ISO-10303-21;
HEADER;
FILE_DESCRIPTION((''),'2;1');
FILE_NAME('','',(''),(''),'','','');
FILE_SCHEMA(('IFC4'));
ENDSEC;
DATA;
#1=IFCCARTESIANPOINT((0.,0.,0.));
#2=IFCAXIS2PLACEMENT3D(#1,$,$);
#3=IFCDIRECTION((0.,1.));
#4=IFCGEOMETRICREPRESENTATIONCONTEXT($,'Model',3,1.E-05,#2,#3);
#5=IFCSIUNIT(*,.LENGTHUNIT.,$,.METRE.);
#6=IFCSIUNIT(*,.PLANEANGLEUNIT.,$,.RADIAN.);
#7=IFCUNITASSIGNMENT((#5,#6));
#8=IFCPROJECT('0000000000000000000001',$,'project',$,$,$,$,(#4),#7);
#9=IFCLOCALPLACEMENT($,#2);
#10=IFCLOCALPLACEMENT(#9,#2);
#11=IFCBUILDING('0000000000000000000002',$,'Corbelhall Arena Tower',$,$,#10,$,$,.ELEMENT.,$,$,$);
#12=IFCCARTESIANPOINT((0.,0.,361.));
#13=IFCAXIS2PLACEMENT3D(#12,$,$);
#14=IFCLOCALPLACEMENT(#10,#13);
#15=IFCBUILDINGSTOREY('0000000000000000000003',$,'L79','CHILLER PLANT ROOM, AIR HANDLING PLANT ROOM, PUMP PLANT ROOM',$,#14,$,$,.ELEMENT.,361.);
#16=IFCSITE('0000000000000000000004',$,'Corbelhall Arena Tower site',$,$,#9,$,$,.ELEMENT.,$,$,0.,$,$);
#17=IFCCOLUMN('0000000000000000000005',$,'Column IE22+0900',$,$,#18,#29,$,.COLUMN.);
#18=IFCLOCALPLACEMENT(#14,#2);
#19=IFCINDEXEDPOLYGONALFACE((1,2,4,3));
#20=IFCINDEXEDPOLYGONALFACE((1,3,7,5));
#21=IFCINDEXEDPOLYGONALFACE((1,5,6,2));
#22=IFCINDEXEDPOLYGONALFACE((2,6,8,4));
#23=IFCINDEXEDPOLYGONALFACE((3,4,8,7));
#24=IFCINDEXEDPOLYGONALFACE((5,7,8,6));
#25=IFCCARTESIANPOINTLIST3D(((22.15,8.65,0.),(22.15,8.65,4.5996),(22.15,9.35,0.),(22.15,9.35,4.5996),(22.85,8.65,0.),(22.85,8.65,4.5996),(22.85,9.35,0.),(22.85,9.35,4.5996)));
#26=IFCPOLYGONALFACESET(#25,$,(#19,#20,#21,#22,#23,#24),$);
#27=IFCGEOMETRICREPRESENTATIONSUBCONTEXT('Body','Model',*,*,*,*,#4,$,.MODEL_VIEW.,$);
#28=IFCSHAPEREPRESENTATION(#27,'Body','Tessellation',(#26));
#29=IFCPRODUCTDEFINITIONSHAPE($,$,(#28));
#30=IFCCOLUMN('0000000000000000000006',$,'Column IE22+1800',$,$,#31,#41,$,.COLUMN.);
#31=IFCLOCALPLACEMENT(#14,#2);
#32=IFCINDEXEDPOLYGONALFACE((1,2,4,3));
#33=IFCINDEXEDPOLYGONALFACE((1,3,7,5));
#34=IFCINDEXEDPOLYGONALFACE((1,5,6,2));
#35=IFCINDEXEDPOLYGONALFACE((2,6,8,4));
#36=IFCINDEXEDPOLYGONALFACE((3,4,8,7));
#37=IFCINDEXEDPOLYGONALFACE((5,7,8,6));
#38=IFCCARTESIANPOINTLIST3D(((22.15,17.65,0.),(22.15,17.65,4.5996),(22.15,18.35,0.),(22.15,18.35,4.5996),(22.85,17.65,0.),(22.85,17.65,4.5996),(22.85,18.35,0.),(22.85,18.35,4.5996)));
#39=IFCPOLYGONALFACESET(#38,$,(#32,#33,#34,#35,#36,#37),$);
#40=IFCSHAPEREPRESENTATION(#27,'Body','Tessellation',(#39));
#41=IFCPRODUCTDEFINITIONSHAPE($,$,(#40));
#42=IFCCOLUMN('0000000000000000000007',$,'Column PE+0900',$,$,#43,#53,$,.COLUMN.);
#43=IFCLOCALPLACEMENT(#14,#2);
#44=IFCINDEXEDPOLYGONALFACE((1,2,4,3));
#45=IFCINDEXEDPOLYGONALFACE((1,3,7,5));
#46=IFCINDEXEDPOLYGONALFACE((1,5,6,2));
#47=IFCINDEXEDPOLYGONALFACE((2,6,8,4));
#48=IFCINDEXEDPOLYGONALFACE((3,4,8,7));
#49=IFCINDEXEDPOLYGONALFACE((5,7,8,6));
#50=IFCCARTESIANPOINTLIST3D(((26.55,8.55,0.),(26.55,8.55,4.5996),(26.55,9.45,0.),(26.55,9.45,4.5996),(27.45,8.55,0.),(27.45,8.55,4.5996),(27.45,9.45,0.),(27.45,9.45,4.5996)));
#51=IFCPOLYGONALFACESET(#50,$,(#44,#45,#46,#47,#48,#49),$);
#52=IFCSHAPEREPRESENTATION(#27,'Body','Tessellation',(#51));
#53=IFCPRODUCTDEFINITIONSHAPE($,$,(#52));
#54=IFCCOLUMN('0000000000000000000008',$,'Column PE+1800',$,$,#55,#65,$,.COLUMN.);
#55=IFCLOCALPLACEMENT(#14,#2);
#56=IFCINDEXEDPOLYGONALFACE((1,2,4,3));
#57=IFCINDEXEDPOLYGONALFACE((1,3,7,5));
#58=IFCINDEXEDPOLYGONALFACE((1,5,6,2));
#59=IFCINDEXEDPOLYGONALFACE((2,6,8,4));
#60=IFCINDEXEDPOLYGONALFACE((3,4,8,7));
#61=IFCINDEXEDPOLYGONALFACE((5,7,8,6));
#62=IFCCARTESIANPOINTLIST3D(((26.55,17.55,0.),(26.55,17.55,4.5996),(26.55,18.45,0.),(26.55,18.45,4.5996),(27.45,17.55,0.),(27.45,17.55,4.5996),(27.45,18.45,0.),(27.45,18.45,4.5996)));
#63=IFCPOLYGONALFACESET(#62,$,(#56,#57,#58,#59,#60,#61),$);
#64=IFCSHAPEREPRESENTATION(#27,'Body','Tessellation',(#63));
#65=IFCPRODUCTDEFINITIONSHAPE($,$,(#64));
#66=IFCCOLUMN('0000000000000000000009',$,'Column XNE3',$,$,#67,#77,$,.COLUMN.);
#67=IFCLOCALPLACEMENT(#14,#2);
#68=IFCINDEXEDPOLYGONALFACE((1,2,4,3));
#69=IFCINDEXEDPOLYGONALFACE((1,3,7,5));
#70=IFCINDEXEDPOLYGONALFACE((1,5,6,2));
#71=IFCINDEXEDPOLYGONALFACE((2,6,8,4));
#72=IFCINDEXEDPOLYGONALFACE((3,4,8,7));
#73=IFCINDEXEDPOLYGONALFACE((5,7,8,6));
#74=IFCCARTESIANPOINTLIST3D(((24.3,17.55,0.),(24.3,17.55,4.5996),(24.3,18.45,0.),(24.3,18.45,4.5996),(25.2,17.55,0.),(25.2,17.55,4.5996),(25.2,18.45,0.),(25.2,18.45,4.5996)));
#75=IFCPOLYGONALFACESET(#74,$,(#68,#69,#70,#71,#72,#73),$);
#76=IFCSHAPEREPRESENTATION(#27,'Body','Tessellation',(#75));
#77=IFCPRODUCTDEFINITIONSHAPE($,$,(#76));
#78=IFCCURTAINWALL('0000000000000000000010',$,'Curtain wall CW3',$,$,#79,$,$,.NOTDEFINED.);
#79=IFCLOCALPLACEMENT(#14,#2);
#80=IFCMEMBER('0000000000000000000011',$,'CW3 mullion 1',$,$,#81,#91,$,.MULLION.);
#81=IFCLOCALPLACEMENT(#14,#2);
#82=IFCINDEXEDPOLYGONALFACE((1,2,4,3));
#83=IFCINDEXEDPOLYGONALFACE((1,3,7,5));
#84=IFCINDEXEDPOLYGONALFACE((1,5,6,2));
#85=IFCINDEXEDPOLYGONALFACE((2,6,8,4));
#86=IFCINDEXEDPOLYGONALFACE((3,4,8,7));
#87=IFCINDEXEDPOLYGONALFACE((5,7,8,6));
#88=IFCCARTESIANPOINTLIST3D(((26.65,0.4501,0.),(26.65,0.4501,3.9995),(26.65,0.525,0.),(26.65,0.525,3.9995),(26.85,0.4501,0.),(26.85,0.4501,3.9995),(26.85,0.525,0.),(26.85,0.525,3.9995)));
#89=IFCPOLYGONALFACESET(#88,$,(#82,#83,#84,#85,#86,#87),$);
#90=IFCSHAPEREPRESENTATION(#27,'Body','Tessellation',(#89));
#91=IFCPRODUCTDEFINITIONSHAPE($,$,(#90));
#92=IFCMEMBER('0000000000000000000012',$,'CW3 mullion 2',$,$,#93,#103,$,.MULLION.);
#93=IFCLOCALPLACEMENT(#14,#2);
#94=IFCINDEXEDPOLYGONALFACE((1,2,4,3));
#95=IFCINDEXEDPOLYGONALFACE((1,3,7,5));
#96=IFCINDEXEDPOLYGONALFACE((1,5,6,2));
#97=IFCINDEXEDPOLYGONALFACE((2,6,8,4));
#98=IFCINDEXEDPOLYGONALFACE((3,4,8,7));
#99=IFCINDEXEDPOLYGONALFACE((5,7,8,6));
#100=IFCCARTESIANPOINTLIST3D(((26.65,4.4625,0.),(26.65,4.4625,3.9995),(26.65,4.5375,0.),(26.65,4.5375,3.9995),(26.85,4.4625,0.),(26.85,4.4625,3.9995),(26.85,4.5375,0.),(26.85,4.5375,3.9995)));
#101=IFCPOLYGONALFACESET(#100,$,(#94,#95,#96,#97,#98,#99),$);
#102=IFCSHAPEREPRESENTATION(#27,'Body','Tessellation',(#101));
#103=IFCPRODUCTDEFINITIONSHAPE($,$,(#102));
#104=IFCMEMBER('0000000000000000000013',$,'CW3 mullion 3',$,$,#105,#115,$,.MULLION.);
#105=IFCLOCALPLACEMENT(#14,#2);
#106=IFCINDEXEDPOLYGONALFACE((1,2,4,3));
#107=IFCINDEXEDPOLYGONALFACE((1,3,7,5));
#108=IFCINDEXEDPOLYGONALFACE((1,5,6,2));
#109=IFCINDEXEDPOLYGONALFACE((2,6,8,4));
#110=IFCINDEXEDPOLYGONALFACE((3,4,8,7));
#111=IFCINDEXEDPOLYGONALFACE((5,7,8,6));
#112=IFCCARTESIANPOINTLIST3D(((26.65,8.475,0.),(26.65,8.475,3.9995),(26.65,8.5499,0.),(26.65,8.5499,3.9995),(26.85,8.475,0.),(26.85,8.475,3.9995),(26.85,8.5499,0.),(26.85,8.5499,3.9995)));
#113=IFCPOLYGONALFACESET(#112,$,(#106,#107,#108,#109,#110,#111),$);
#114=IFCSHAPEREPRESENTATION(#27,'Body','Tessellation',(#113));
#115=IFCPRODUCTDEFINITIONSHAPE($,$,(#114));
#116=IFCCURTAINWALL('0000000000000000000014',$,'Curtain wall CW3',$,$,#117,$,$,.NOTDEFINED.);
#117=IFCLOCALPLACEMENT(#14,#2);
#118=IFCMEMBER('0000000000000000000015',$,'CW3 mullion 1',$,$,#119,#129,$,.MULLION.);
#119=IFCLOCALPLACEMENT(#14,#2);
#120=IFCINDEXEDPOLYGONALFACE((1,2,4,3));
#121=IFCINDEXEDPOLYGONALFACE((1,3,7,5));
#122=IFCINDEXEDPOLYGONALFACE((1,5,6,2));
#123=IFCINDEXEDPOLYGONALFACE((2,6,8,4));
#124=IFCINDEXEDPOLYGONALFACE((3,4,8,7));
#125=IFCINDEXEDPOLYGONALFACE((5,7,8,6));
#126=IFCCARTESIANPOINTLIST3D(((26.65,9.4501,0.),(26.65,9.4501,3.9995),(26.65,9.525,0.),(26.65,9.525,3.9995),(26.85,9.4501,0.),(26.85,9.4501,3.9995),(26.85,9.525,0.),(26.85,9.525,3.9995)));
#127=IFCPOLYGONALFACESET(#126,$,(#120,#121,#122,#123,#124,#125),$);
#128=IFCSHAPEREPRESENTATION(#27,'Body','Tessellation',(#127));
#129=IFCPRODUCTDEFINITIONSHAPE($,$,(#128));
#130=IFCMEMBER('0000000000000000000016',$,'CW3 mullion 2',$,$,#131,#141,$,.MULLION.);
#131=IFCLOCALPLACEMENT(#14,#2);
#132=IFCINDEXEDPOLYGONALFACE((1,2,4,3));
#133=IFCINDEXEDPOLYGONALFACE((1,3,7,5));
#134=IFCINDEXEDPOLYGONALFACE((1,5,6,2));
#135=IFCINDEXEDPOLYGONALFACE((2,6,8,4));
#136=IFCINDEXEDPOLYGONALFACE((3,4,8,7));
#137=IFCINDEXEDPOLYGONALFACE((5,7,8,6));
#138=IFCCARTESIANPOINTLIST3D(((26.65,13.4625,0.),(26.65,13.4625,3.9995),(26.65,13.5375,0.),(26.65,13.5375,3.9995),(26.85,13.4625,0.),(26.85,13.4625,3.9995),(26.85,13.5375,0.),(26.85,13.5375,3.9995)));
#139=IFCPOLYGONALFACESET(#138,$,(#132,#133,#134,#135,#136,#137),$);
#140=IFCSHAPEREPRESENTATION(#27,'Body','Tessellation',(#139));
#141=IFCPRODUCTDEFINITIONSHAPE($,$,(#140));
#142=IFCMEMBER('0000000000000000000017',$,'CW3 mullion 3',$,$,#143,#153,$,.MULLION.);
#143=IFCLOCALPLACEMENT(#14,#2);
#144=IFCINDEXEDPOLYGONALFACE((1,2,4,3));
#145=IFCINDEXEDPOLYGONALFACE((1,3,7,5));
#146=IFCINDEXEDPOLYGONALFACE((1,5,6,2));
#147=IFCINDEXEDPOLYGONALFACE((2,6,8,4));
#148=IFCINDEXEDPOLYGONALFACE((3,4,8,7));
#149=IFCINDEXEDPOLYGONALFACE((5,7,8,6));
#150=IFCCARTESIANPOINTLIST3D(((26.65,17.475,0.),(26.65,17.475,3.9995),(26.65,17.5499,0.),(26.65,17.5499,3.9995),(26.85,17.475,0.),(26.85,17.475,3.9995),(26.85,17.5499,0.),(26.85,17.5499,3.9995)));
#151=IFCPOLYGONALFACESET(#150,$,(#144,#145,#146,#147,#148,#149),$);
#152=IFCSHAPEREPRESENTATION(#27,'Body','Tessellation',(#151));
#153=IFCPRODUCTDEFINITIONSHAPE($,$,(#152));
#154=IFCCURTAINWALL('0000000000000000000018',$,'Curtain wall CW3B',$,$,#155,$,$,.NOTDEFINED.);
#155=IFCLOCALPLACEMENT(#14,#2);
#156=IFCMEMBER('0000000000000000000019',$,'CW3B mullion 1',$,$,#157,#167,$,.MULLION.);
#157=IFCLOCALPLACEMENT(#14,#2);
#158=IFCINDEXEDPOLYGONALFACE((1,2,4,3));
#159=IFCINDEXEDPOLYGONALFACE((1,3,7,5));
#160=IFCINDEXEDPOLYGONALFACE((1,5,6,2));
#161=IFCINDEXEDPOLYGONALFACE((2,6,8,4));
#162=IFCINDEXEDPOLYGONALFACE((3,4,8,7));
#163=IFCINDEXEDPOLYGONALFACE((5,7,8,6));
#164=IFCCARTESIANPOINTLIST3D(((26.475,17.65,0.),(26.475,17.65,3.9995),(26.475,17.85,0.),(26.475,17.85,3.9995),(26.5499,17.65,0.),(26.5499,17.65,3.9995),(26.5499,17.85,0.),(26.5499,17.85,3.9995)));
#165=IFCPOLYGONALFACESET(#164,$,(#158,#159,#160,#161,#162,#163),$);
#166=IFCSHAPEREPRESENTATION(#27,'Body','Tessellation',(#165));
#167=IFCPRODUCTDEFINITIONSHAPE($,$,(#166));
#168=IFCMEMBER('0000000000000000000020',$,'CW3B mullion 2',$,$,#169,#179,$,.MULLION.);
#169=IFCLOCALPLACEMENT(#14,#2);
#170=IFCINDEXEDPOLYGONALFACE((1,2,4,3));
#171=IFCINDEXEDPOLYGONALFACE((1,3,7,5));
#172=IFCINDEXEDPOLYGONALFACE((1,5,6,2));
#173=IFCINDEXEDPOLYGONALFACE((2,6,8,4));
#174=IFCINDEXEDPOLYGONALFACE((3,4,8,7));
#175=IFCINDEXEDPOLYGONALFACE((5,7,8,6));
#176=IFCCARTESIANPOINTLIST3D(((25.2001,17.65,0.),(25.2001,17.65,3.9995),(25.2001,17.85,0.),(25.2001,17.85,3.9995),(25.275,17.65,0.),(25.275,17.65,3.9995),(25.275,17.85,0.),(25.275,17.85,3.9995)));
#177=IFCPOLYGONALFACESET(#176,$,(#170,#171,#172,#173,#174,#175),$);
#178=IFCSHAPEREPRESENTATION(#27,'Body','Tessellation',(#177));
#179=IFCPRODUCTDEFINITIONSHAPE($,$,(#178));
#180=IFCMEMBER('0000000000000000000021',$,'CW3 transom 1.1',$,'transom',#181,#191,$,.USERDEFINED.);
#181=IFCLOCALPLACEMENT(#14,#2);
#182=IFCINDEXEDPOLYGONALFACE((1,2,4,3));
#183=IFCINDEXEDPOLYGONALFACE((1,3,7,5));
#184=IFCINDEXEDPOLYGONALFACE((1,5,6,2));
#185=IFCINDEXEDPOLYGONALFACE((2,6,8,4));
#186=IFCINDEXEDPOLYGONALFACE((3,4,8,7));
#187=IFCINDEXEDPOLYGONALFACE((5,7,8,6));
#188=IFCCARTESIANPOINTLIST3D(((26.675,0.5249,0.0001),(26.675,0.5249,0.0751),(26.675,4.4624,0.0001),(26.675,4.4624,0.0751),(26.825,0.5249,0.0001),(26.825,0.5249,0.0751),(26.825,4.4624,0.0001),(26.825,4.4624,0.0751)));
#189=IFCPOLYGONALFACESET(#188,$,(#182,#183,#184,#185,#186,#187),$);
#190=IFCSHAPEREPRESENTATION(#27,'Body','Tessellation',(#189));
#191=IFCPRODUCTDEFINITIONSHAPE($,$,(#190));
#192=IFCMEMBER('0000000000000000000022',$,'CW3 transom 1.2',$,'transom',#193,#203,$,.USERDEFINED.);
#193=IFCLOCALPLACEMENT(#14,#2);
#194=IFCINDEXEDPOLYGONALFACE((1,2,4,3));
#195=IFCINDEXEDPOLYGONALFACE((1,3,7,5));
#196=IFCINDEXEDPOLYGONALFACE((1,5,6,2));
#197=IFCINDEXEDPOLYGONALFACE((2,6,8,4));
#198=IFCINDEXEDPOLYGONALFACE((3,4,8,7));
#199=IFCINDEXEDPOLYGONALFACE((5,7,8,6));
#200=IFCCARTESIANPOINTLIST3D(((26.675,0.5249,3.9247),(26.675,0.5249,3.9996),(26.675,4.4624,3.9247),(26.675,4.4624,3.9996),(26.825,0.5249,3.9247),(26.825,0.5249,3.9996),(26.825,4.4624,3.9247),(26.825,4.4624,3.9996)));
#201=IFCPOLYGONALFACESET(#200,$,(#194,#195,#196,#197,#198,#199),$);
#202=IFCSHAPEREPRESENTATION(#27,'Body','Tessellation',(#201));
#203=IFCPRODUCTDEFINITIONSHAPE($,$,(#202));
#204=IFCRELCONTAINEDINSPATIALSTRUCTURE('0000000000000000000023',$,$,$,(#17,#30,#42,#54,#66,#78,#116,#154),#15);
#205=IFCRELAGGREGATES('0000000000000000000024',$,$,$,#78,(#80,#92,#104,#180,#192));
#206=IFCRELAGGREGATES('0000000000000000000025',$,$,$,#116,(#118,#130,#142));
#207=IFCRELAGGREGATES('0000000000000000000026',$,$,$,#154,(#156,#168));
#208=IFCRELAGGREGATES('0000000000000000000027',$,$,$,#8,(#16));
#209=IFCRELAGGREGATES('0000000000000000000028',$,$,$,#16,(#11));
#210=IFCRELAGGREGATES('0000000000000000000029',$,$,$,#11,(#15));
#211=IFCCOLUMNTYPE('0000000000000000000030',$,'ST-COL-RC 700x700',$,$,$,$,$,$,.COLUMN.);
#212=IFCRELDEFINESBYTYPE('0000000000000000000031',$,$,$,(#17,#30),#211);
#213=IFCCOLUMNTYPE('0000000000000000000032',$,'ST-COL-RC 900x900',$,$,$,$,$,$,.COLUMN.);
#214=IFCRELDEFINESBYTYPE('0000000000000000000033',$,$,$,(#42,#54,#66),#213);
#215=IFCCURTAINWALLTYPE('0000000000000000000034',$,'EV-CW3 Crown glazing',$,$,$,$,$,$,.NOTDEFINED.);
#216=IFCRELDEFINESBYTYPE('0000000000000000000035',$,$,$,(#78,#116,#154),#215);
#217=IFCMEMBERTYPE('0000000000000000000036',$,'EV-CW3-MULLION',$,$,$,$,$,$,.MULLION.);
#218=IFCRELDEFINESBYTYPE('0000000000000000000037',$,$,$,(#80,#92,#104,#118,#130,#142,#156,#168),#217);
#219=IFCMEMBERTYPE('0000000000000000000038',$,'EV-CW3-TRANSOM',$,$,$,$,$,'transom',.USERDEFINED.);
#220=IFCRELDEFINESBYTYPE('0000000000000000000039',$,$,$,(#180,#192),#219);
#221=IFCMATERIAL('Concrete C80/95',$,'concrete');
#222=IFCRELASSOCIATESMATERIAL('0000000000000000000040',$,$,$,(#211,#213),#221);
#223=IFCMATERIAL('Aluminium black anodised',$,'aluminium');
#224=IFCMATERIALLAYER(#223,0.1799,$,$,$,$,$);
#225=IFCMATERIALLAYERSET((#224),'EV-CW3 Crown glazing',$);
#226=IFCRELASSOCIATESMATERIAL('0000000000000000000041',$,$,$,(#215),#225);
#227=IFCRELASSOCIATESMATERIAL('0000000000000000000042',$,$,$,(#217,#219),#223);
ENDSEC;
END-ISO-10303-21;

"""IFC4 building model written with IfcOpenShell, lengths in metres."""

from ifc_helpers import new_model, si_unit, direction, frame, origin, origin_2d, place, context, subcontext, project, spatial, rectangle, extrude, material, layer, layer_set, material_profile, profile_set, type_object, element, aggregate, save


model = new_model("IFC4")

# Units and contexts
model_context = context("Model", 3, precision=1e-05, world=origin(), true_north=direction((0.0, 1.0)))
body_context = subcontext(model_context, "Body", "Model", "MODEL_VIEW")
ifc_project = project(units=[si_unit("LENGTHUNIT", "METRE"), si_unit("PLANEANGLEUNIT", "RADIAN")], contexts=[model_context])

# Site, building, storey
site_placement = place(None, origin())
site = spatial("IfcSite", under=ifc_project, at=site_placement, Name="Corbelhall Arena Tower site", CompositionType="ELEMENT", RefElevation=0.0)
building_placement = place(site_placement, origin())
building = spatial("IfcBuilding", under=site, at=building_placement, Name="Corbelhall Arena Tower", CompositionType="ELEMENT")
storey_placement = place(building_placement, frame((0.0, 0.0, 361.0)))
storey = spatial("IfcBuildingStorey", under=building, at=storey_placement, Name="L79", Description="CHILLER PLANT ROOM, AIR HANDLING PLANT ROOM, PUMP PLANT ROOM", CompositionType="ELEMENT", Elevation=361.0)

# Columns
ifc_material_1 = material(Name="Concrete C80/95", Category="concrete")
ifc_material_profile_1 = material_profile(ifc_material_1, rectangle(XDim=0.7, YDim=0.7, at=origin_2d()))
ifc_profile_set_1 = profile_set([ifc_material_profile_1], Name="Concrete C80/95")
column_type_1 = type_object("IfcColumnType", Name="ST-COL-RC 700x700", PredefinedType="COLUMN", material=ifc_profile_set_1)
for number, where, z_axis, x_axis, name in (
    (1, (22.5, 9.0, 0.0), (0.0, 0.0, 1.0), (1.0, 0.0, 0.0), "Column IE22+0900"),
    (2, (22.5, 18.0, 0.0), (0.0, 0.0, 1.0), (1.0, 0.0, 0.0), "Column IE22+1800"),
):
    element("IfcColumn", number, at=place(storey_placement, frame(where, z_axis=z_axis, x_axis=x_axis)), inside=storey, type_object=column_type_1, Name=name, PredefinedType="COLUMN", context=body_context, shape_type="SweptSolid", body=[
        extrude(rectangle(XDim=0.7, YDim=0.7, at=origin_2d()), origin(), (0.0, 0.0, 1.0), 4.5996),
    ])
ifc_material_profile_2 = material_profile(ifc_material_1, rectangle(XDim=0.8999, YDim=0.8999, at=origin_2d()))
ifc_profile_set_2 = profile_set([ifc_material_profile_2], Name="Concrete C80/95")
column_type_2 = type_object("IfcColumnType", Name="ST-COL-RC 900x900", PredefinedType="COLUMN", material=ifc_profile_set_2)
for number, where, z_axis, x_axis, name in (
    (3, (27.0, 9.0, 0.0), (0.0, 0.0, 1.0), (0.0, 1.0, 0.0), "Column PE+0900"),
    (4, (27.0, 18.0, 0.0), (0.0, 0.0, 1.0), (0.0, 1.0, 0.0), "Column PE+1800"),
    (5, (24.75, 18.0, 0.0), (0.0, 0.0, 1.0), (1.0, 0.0, 0.0), "Column XNE3"),
):
    element("IfcColumn", number, at=place(storey_placement, frame(where, z_axis=z_axis, x_axis=x_axis)), inside=storey, type_object=column_type_2, Name=name, PredefinedType="COLUMN", context=body_context, shape_type="SweptSolid", body=[
        extrude(rectangle(XDim=0.8999, YDim=0.8999, at=origin_2d()), origin(), (0.0, 0.0, 1.0), 4.5996),
    ])

# Curtain walls, members
ifc_material_2 = material(Name="Aluminium black anodised", Category="aluminium")
ifc_layer_1 = layer(ifc_material_2, 0.1799)
ifc_layer_set_1 = layer_set([ifc_layer_1], Name="EV-CW3 Crown glazing")
curtain_wall_type = type_object("IfcCurtainWallType", Name="EV-CW3 Crown glazing", PredefinedType="NOTDEFINED", material=ifc_layer_set_1)
curtain_wall_1_placement = place(storey_placement, origin())
curtain_wall_1 = element("IfcCurtainWall", 6, at=curtain_wall_1_placement, inside=storey, type_object=curtain_wall_type, Name="Curtain wall CW3", PredefinedType="NOTDEFINED")
ifc_material_profile_3 = material_profile(ifc_material_2, rectangle(XDim=0.2, YDim=0.075, at=origin_2d()))
ifc_profile_set_3 = profile_set([ifc_material_profile_3], Name="Aluminium black anodised")
member_type_1 = type_object("IfcMemberType", Name="EV-CW3-MULLION", PredefinedType="MULLION", material=ifc_profile_set_3)
member_1_placement = place(storey_placement, frame((26.75, 0.4875, 0.0), z_axis=(0.0, 0.0, 1.0), x_axis=(-1.0, 0.0, 0.0)))
member_1 = element("IfcMember", 7, at=member_1_placement, type_object=member_type_1, Name="CW3 mullion 1", PredefinedType="MULLION", context=body_context, shape_type="SweptSolid", body=[
    extrude(rectangle(XDim=0.2, YDim=0.075, at=origin_2d()), origin(), (0.0, 0.0, 1.0), 3.9995),
])
member_2_placement = place(storey_placement, frame((26.75, 4.5, 0.0), z_axis=(0.0, 0.0, 1.0), x_axis=(-1.0, 0.0, 0.0)))
member_2 = element("IfcMember", 8, at=member_2_placement, type_object=member_type_1, Name="CW3 mullion 2", PredefinedType="MULLION", context=body_context, shape_type="SweptSolid", body=[
    extrude(rectangle(XDim=0.2, YDim=0.075, at=origin_2d()), origin(), (0.0, 0.0, 1.0), 3.9995),
])
member_3_placement = place(storey_placement, frame((26.75, 8.5125, 0.0), z_axis=(0.0, 0.0, 1.0), x_axis=(-1.0, 0.0, 0.0)))
member_3 = element("IfcMember", 9, at=member_3_placement, type_object=member_type_1, Name="CW3 mullion 3", PredefinedType="MULLION", context=body_context, shape_type="SweptSolid", body=[
    extrude(rectangle(XDim=0.2, YDim=0.075, at=origin_2d()), origin(), (0.0, 0.0, 1.0), 3.9995),
])
curtain_wall_2_placement = place(storey_placement, origin())
curtain_wall_2 = element("IfcCurtainWall", 10, at=curtain_wall_2_placement, inside=storey, type_object=curtain_wall_type, Name="Curtain wall CW3", PredefinedType="NOTDEFINED")
member_4_placement = place(storey_placement, frame((26.75, 9.4875, 0.0), z_axis=(0.0, 0.0, 1.0), x_axis=(-1.0, 0.0, 0.0)))
member_4 = element("IfcMember", 11, at=member_4_placement, type_object=member_type_1, Name="CW3 mullion 1", PredefinedType="MULLION", context=body_context, shape_type="SweptSolid", body=[
    extrude(rectangle(XDim=0.2, YDim=0.075, at=origin_2d()), origin(), (0.0, 0.0, 1.0), 3.9995),
])
member_5_placement = place(storey_placement, frame((26.75, 13.5, 0.0), z_axis=(0.0, 0.0, 1.0), x_axis=(-1.0, 0.0, 0.0)))
member_5 = element("IfcMember", 12, at=member_5_placement, type_object=member_type_1, Name="CW3 mullion 2", PredefinedType="MULLION", context=body_context, shape_type="SweptSolid", body=[
    extrude(rectangle(XDim=0.2, YDim=0.075, at=origin_2d()), origin(), (0.0, 0.0, 1.0), 3.9995),
])
member_6_placement = place(storey_placement, frame((26.75, 17.5125, 0.0), z_axis=(0.0, 0.0, 1.0), x_axis=(-1.0, 0.0, 0.0)))
member_6 = element("IfcMember", 13, at=member_6_placement, type_object=member_type_1, Name="CW3 mullion 3", PredefinedType="MULLION", context=body_context, shape_type="SweptSolid", body=[
    extrude(rectangle(XDim=0.2, YDim=0.075, at=origin_2d()), origin(), (0.0, 0.0, 1.0), 3.9995),
])
curtain_wall_3_placement = place(storey_placement, origin())
curtain_wall_3 = element("IfcCurtainWall", 14, at=curtain_wall_3_placement, inside=storey, type_object=curtain_wall_type, Name="Curtain wall CW3B", PredefinedType="NOTDEFINED")
member_7_placement = place(storey_placement, frame((26.5125, 17.75, 0.0), z_axis=(0.0, 0.0, 1.0), x_axis=(0.0, -1.0, 0.0)))
member_7 = element("IfcMember", 15, at=member_7_placement, type_object=member_type_1, Name="CW3B mullion 1", PredefinedType="MULLION", context=body_context, shape_type="SweptSolid", body=[
    extrude(rectangle(XDim=0.2, YDim=0.075, at=origin_2d()), origin(), (0.0, 0.0, 1.0), 3.9995),
])
member_8_placement = place(storey_placement, frame((25.2375, 17.75, 0.0), z_axis=(0.0, 0.0, 1.0), x_axis=(0.0, -1.0, 0.0)))
member_8 = element("IfcMember", 16, at=member_8_placement, type_object=member_type_1, Name="CW3B mullion 2", PredefinedType="MULLION", context=body_context, shape_type="SweptSolid", body=[
    extrude(rectangle(XDim=0.2, YDim=0.075, at=origin_2d()), origin(), (0.0, 0.0, 1.0), 3.9995),
])

# Members
ifc_material_profile_4 = material_profile(ifc_material_2, rectangle(XDim=0.1499, YDim=0.075, at=origin_2d()))
ifc_profile_set_4 = profile_set([ifc_material_profile_4], Name="Aluminium black anodised")
member_type_2 = type_object("IfcMemberType", Name="EV-CW3-TRANSOM", ElementType="transom", PredefinedType="USERDEFINED", material=ifc_profile_set_4)
member_9_placement = place(storey_placement, frame((26.75, 0.5249, 0.0376), z_axis=(0.0, 1.0, 0.0), x_axis=(-1.0, 0.0, 0.0)))
member_9 = element("IfcMember", 17, at=member_9_placement, type_object=member_type_2, Name="CW3 transom 1.1", ObjectType="transom", PredefinedType="USERDEFINED", context=body_context, shape_type="SweptSolid", body=[
    extrude(rectangle(XDim=0.1499, YDim=0.075, at=origin_2d()), origin(), (0.0, 0.0, 1.0), 3.9375),
])
member_10_placement = place(storey_placement, frame((26.75, 0.5249, 3.9622), z_axis=(0.0, 1.0, 0.0), x_axis=(-1.0, 0.0, 0.0)))
member_10 = element("IfcMember", 18, at=member_10_placement, type_object=member_type_2, Name="CW3 transom 1.2", ObjectType="transom", PredefinedType="USERDEFINED", context=body_context, shape_type="SweptSolid", body=[
    extrude(rectangle(XDim=0.1499, YDim=0.075, at=origin_2d()), origin(), (0.0, 0.0, 1.0), 3.9375),
])

aggregate(curtain_wall_1, [member_1, member_2, member_3, member_9, member_10])
aggregate(curtain_wall_2, [member_4, member_5, member_6])
aggregate(curtain_wall_3, [member_7, member_8])

save(model, "model.ifc")
